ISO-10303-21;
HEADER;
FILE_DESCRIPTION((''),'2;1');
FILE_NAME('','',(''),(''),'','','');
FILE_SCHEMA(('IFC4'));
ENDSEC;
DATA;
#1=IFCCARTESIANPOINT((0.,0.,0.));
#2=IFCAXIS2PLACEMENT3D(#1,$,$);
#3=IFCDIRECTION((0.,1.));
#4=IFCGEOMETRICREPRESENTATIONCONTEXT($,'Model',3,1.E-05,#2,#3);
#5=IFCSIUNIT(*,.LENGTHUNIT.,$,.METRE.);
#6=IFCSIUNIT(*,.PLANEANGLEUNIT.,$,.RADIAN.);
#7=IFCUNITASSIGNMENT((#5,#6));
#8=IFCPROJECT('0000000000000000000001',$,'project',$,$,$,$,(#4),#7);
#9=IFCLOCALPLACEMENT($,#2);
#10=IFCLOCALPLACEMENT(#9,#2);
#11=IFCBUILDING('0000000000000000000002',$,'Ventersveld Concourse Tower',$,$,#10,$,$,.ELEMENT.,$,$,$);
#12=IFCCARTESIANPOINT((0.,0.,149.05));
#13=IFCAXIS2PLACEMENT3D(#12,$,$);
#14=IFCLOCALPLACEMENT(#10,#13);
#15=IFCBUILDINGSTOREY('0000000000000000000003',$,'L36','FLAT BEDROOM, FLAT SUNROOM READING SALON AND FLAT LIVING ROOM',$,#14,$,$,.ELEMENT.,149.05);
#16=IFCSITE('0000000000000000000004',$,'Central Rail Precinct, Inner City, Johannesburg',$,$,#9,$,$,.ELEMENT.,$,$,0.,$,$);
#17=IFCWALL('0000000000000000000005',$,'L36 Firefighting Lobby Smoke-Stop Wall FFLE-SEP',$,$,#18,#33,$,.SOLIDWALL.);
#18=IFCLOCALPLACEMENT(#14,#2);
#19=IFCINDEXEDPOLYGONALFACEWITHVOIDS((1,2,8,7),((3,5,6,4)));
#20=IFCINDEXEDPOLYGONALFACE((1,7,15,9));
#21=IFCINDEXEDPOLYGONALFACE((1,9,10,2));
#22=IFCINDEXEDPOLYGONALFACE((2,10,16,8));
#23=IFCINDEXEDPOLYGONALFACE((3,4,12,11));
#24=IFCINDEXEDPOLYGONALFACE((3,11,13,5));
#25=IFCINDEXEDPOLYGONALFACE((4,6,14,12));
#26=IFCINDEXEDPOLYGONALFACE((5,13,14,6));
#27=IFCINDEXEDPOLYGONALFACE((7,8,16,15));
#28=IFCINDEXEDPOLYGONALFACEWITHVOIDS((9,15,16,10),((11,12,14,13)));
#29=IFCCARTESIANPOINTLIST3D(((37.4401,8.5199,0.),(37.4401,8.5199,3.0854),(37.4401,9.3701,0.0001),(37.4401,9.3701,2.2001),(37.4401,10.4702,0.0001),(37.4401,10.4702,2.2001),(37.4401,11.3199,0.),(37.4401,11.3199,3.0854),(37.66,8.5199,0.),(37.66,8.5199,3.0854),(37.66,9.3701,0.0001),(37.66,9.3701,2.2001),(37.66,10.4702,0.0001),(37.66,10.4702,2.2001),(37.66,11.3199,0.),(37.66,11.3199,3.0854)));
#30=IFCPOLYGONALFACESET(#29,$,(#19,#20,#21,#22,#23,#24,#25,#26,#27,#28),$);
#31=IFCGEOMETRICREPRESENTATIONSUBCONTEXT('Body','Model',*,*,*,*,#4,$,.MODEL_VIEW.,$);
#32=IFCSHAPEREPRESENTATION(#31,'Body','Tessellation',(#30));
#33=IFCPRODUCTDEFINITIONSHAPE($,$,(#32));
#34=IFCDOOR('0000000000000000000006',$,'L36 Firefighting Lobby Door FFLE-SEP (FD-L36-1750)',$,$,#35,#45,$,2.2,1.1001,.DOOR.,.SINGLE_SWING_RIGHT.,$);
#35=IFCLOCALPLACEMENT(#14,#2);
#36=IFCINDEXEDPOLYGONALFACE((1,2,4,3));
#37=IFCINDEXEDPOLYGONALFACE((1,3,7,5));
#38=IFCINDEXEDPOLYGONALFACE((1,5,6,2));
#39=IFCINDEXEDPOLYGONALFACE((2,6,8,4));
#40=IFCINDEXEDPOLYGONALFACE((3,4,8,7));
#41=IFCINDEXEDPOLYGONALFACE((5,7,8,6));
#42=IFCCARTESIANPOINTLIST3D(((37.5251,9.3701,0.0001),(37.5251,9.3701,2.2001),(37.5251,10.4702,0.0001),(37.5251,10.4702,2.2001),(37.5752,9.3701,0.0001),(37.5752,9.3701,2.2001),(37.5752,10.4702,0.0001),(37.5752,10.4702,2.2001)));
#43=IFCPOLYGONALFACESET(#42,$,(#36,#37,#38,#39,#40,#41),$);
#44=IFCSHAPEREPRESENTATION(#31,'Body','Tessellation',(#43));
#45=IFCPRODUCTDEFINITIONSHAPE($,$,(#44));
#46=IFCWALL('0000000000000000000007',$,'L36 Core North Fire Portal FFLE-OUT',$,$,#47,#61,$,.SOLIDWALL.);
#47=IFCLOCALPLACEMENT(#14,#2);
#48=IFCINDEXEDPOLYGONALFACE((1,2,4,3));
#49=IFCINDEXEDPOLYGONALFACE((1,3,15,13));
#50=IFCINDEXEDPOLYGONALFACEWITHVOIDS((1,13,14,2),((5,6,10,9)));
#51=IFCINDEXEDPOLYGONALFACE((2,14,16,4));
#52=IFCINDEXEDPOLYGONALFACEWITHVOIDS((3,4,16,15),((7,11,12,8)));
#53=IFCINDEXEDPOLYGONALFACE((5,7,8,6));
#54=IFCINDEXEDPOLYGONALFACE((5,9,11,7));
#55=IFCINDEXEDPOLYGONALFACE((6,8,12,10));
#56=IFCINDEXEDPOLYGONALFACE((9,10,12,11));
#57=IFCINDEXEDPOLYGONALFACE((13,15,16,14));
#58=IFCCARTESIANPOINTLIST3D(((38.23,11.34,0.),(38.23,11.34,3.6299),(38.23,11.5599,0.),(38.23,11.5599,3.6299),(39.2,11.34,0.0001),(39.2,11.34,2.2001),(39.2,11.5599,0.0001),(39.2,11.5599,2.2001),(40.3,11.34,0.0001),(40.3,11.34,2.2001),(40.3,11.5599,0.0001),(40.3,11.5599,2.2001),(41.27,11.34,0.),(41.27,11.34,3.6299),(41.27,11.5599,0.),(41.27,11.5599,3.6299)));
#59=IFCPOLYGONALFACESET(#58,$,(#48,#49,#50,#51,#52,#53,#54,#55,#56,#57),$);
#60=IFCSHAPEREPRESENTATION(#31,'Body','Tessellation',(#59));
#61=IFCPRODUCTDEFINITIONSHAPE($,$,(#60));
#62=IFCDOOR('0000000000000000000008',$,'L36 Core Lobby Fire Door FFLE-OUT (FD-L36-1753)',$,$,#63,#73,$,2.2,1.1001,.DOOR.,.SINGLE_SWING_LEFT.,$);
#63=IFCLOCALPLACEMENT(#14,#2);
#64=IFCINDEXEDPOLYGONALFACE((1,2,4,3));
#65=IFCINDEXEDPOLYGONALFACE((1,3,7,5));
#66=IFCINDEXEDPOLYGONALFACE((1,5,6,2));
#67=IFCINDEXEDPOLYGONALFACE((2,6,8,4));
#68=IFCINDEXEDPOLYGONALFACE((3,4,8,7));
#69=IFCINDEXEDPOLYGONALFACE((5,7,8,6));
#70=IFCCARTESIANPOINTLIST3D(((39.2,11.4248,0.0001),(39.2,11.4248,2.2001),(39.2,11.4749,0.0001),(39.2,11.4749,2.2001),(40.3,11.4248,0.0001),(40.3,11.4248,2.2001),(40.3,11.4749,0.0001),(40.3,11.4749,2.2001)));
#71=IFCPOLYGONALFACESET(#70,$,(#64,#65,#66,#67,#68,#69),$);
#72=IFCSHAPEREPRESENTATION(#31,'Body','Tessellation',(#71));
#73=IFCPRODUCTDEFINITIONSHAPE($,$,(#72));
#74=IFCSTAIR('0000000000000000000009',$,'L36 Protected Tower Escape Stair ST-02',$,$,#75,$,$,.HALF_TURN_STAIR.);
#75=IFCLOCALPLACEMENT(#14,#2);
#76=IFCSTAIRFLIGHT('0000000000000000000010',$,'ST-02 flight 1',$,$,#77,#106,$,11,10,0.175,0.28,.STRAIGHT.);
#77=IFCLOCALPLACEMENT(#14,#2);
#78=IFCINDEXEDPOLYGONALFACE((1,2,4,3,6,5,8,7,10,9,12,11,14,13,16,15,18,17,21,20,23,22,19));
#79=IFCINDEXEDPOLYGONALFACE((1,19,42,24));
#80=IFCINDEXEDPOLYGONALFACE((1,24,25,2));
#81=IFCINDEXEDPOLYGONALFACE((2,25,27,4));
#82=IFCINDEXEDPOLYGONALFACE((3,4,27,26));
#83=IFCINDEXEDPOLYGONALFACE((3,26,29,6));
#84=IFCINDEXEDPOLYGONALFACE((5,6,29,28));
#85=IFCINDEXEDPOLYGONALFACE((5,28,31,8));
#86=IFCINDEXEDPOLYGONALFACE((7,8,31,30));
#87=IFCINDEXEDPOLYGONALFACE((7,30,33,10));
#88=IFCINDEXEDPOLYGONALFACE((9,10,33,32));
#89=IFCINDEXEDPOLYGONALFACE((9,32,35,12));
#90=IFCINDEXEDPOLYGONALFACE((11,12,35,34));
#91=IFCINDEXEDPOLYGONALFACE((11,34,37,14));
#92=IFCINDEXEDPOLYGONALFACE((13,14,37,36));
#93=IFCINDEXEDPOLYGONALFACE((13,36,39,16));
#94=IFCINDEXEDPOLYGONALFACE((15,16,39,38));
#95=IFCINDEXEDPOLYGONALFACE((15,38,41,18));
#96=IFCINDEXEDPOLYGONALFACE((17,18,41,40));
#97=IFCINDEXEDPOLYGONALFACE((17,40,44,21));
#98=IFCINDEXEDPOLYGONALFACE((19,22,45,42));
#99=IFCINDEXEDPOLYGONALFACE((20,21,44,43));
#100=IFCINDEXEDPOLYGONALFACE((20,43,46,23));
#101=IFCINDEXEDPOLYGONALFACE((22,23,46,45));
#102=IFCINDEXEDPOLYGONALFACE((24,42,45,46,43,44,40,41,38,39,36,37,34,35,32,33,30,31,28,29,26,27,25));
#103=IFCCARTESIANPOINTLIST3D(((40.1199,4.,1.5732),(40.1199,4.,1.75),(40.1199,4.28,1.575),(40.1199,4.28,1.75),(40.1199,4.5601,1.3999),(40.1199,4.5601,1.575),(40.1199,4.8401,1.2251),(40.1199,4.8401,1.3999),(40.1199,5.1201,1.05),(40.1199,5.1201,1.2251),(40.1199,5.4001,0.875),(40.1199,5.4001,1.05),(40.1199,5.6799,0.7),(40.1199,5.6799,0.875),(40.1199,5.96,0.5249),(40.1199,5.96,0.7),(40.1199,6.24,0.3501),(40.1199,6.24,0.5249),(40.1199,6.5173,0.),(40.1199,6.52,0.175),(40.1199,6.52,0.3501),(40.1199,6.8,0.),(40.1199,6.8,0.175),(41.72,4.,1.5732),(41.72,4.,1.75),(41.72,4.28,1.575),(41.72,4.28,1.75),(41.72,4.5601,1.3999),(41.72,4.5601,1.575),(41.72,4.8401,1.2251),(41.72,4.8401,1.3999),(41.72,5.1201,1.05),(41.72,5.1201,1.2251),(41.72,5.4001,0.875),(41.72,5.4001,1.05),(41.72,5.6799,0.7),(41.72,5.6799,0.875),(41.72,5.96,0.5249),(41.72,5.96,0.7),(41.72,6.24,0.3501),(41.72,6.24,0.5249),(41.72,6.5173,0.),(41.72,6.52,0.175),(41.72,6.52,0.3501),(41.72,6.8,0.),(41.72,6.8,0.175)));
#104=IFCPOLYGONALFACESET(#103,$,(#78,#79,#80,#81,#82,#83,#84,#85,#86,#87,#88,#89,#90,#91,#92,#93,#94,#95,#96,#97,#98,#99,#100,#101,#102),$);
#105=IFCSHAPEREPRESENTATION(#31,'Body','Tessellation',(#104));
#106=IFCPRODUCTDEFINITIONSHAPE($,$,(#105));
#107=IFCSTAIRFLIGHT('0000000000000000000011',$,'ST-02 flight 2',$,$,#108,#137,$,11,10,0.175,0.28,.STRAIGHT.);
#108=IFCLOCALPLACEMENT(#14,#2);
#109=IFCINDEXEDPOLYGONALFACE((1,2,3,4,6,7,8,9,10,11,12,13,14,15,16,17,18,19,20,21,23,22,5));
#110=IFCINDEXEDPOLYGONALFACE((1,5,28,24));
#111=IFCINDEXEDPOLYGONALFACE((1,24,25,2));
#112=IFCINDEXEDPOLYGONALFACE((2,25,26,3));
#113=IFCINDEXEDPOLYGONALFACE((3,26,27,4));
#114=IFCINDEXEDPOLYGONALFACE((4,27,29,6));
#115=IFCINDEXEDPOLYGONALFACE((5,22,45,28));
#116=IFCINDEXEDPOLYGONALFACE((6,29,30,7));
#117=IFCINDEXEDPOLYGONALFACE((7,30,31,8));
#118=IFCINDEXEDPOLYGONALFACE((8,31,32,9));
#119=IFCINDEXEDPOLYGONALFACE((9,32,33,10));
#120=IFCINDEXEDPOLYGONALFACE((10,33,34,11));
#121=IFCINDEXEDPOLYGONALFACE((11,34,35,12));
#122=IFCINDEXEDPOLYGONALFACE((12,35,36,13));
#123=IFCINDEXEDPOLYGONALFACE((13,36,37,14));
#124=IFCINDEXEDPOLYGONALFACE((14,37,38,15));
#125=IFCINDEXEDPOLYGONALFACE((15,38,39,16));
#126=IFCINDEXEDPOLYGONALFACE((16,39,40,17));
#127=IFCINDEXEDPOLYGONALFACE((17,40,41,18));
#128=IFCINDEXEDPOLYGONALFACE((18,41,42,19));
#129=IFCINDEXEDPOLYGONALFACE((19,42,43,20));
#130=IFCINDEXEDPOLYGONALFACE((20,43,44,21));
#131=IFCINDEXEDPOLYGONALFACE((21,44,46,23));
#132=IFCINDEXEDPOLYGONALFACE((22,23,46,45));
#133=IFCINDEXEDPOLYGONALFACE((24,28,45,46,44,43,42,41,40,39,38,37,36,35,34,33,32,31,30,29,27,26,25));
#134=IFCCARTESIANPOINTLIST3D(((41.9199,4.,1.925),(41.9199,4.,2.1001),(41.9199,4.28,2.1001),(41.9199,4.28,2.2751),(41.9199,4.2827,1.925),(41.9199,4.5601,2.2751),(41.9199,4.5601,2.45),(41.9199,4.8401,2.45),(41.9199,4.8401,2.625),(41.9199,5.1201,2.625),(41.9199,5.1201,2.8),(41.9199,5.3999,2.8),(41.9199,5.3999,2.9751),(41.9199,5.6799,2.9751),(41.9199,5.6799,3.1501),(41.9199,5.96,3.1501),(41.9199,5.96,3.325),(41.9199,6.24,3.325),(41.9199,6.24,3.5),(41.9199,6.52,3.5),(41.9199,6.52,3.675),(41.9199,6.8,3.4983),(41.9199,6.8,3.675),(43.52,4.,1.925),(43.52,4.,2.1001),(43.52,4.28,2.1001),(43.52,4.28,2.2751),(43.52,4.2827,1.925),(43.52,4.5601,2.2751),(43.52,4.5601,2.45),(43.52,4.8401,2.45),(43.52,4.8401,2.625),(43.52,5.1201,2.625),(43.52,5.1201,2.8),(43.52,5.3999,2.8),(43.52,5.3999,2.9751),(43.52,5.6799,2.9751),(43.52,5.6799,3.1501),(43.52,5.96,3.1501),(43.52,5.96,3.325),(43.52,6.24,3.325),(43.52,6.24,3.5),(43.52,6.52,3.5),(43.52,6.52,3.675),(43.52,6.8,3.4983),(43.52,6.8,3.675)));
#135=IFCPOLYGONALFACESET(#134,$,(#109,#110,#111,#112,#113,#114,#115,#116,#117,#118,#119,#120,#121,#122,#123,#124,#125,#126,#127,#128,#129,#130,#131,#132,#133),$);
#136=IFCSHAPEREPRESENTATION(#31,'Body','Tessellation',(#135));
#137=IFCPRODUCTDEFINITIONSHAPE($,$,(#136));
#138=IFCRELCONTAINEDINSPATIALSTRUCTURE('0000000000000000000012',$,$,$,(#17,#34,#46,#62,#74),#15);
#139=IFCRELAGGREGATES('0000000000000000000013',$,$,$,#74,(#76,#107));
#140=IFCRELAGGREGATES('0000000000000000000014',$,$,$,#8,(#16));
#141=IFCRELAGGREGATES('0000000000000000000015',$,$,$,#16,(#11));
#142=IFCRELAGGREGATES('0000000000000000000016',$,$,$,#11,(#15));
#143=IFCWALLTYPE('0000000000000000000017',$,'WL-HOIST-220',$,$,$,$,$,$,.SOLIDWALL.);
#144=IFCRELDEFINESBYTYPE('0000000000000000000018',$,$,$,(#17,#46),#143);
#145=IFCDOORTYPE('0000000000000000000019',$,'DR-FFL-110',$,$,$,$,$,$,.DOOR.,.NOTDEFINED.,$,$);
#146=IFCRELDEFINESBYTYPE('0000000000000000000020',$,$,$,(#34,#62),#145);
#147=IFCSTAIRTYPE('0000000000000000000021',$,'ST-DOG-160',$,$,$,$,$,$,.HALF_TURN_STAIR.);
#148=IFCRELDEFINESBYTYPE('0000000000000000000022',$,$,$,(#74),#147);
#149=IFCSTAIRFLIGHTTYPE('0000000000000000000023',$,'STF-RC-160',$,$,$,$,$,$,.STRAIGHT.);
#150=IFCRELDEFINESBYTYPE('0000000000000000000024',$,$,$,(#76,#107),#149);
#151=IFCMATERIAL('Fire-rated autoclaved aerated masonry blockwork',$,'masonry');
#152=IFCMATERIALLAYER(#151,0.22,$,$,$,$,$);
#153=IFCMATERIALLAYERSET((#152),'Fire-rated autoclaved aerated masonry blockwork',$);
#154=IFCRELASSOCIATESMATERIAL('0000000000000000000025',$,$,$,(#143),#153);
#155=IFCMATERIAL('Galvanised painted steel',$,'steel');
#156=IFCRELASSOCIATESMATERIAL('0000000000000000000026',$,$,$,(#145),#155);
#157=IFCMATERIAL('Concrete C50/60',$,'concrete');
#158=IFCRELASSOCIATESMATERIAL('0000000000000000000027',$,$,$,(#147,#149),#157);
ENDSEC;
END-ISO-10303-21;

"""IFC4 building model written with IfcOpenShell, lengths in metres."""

from ifc_helpers import new_model, si_unit, direction, frame, frame_2d, origin, place, context, subcontext, project, spatial, polyline, rectangle, outline, extrude, material, layer, layer_set, type_object, element, fill, aggregate, save


model = new_model("IFC4")

# Units and contexts
model_context = context("Model", 3, precision=1e-05, world=origin(), true_north=direction((0.0, 1.0)))
body_context = subcontext(model_context, "Body", "Model", "MODEL_VIEW")
ifc_project = project(units=[si_unit("LENGTHUNIT", "METRE"), si_unit("PLANEANGLEUNIT", "RADIAN")], contexts=[model_context])

# Site, building, storey
site_placement = place(None, origin())
site = spatial("IfcSite", under=ifc_project, at=site_placement, Name="Central Rail Precinct, Inner City, Johannesburg", CompositionType="ELEMENT", RefElevation=0.0)
building_placement = place(site_placement, origin())
building = spatial("IfcBuilding", under=site, at=building_placement, Name="Ventersveld Concourse Tower", CompositionType="ELEMENT")
storey_placement = place(building_placement, frame((0.0, 0.0, 149.05)))
storey = spatial("IfcBuildingStorey", under=building, at=storey_placement, Name="L36", Description="FLAT BEDROOM, FLAT SUNROOM READING SALON AND FLAT LIVING ROOM", CompositionType="ELEMENT", Elevation=149.05)

# Shared definitions
ifc_material_1 = material(Name="Fire-rated autoclaved aerated masonry blockwork", Category="masonry")
ifc_layer_1 = layer(ifc_material_1, 0.22)
ifc_layer_set_1 = layer_set([ifc_layer_1], Name="Fire-rated autoclaved aerated masonry blockwork")
wall_type_1 = type_object("IfcWallType", Name="WL-HOIST-220", PredefinedType="SOLIDWALL", material=ifc_layer_set_1)

# Walls, openings, doors
ifc_material_2 = material(Name="Galvanised painted steel", Category="steel")
wall_1_placement = place(storey_placement, frame((37.55, 8.52, 0.0), z_axis=(0.0, 0.0, 1.0), x_axis=(0.0, 1.0, 0.0)))
wall_1 = element("IfcWall", 1, at=wall_1_placement, inside=storey, type_object=wall_type_1, Name="L36 Firefighting Lobby Smoke-Stop Wall FFLE-SEP", PredefinedType="SOLIDWALL", context=body_context, shape_type="SweptSolid", body=[
    extrude(rectangle(XDim=2.8, YDim=0.22, at=frame_2d((1.3999, 0.0))), origin(), (0.0, 0.0, 1.0), 3.0854),
])
opening_1_placement = place(wall_1_placement, frame((0.8501, 0.0, 0.0)))
opening_1 = element("IfcOpeningElement", 2, at=opening_1_placement, cuts=wall_1, PredefinedType="OPENING", context=body_context, shape_type="SweptSolid", body=[
    extrude(rectangle(XDim=1.1001, YDim=2.2, at=frame_2d((0.55, 1.1001))), frame((0.0, 0.1201, 0.0), z_axis=(0.0, -1.0, 0.0), x_axis=(1.0, 0.0, 0.0)), (0.0, 0.0, 1.0), 0.24),
])
door_type_1 = type_object("IfcDoorType", Name="DR-FFL-110", OperationType="NOTDEFINED", PredefinedType="DOOR", material=ifc_material_2)
door_1_placement = place(opening_1_placement, origin())
door_1 = element("IfcDoor", 3, at=door_1_placement, inside=storey, type_object=door_type_1, Name="L36 Firefighting Lobby Door FFLE-SEP (FD-L36-1750)", OperationType="SINGLE_SWING_RIGHT", OverallHeight=2.2, OverallWidth=1.1001, PredefinedType="DOOR", context=body_context, shape_type="SweptSolid", body=[
    extrude(rectangle(XDim=1.1001, YDim=2.2, at=frame_2d((0.55, 1.1001))), frame((0.0, 0.0249, 0.0), z_axis=(0.0, -1.0, 0.0), x_axis=(1.0, 0.0, 0.0)), (0.0, 0.0, 1.0), 0.05),
])
fill(opening_1, door_1)
wall_2_placement = place(storey_placement, frame((38.23, 11.45, 0.0), z_axis=(0.0, 0.0, 1.0), x_axis=(1.0, 0.0, 0.0)))
wall_2 = element("IfcWall", 4, at=wall_2_placement, inside=storey, type_object=wall_type_1, Name="L36 Core North Fire Portal FFLE-OUT", PredefinedType="SOLIDWALL", context=body_context, shape_type="SweptSolid", body=[
    extrude(rectangle(XDim=3.04, YDim=0.22, at=frame_2d((1.52, 0.0))), origin(), (0.0, 0.0, 1.0), 3.6299),
])
opening_2_placement = place(wall_2_placement, frame((0.97, 0.0, 0.0)))
opening_2 = element("IfcOpeningElement", 5, at=opening_2_placement, cuts=wall_2, PredefinedType="OPENING", context=body_context, shape_type="SweptSolid", body=[
    extrude(rectangle(XDim=1.1001, YDim=2.2, at=frame_2d((0.55, 1.1001))), frame((0.0, 0.1201, 0.0), z_axis=(0.0, -1.0, 0.0), x_axis=(1.0, 0.0, 0.0)), (0.0, 0.0, 1.0), 0.24),
])
door_2_placement = place(opening_2_placement, origin())
door_2 = element("IfcDoor", 6, at=door_2_placement, inside=storey, type_object=door_type_1, Name="L36 Core Lobby Fire Door FFLE-OUT (FD-L36-1753)", OperationType="SINGLE_SWING_LEFT", OverallHeight=2.2, OverallWidth=1.1001, PredefinedType="DOOR", context=body_context, shape_type="SweptSolid", body=[
    extrude(rectangle(XDim=1.1001, YDim=2.2, at=frame_2d((0.55, 1.1001))), frame((0.0, 0.0249, 0.0), z_axis=(0.0, -1.0, 0.0), x_axis=(1.0, 0.0, 0.0)), (0.0, 0.0, 1.0), 0.05),
])
fill(opening_2, door_2)

# Stair, stair flights
ifc_material_3 = material(Name="Concrete C50/60", Category="concrete")
stair_type = type_object("IfcStairType", Name="ST-DOG-160", PredefinedType="HALF_TURN_STAIR", material=ifc_material_3)
stair_placement = place(storey_placement, origin())
stair = element("IfcStair", 7, at=stair_placement, inside=storey, type_object=stair_type, Name="L36 Protected Tower Escape Stair ST-02", PredefinedType="HALF_TURN_STAIR")
stair_flight_type = type_object("IfcStairFlightType", Name="STF-RC-160", PredefinedType="STRAIGHT", material=ifc_material_3)
stair_flight_1_placement = place(storey_placement, frame((40.9199, 6.8, 0.0), z_axis=(0.0, 0.0, 1.0), x_axis=(0.0, -1.0, 0.0)))
stair_flight_1 = element("IfcStairFlight", 8, at=stair_flight_1_placement, type_object=stair_flight_type, Name="ST-02 flight 1", NumberOfRisers=11, NumberOfTreads=10, PredefinedType="STRAIGHT", RiserHeight=0.175, TreadLength=0.28, context=body_context, shape_type="SweptSolid", body=[
    extrude(outline(polyline([(0.0, 0.0), (0.0, 0.175), (0.28, 0.175), (0.28, 0.3501), (0.5601, 0.3501), (0.5601, 0.5249), (0.8401, 0.5249), (0.8401, 0.7), (1.1201, 0.7), (1.1201, 0.875), (1.3999, 0.875), (1.3999, 1.05), (1.6799, 1.05), (1.6799, 1.2251), (1.96, 1.2251), (1.96, 1.3999), (2.24, 1.3999), (2.24, 1.575), (2.52, 1.575), (2.52, 1.75), (2.8, 1.75), (2.8, 1.925), (2.8, 1.5732), (0.2827, 0.0), (0.0, 0.0)])), frame((0.0, 0.8, 0.0), z_axis=(0.0, -1.0, 0.0), x_axis=(1.0, 0.0, 0.0)), (0.0, 0.0, 1.0), 1.6001),
])
stair_flight_2_placement = place(storey_placement, frame((42.72, 4.0, 1.925), z_axis=(0.0, 0.0, 1.0), x_axis=(0.0, 1.0, 0.0)))
stair_flight_2 = element("IfcStairFlight", 9, at=stair_flight_2_placement, type_object=stair_flight_type, Name="ST-02 flight 2", NumberOfRisers=11, NumberOfTreads=10, PredefinedType="STRAIGHT", RiserHeight=0.175, TreadLength=0.28, context=body_context, shape_type="SweptSolid", body=[
    extrude(outline(polyline([(0.0, 0.0), (0.0, 0.175), (0.28, 0.175), (0.28, 0.3501), (0.5601, 0.3501), (0.5601, 0.5249), (0.8401, 0.5249), (0.8401, 0.7), (1.1201, 0.7), (1.1201, 0.875), (1.3999, 0.875), (1.3999, 1.05), (1.6799, 1.05), (1.6799, 1.2251), (1.96, 1.2251), (1.96, 1.3999), (2.24, 1.3999), (2.24, 1.575), (2.52, 1.575), (2.52, 1.75), (2.8, 1.75), (2.8, 1.925), (2.8, 1.5732), (0.2827, 0.0), (0.0, 0.0)])), frame((0.0, 0.8, 0.0), z_axis=(0.0, -1.0, 0.0), x_axis=(1.0, 0.0, 0.0)), (0.0, 0.0, 1.0), 1.6001),
])
aggregate(stair, [stair_flight_1, stair_flight_2])

save(model, "model.ifc")
